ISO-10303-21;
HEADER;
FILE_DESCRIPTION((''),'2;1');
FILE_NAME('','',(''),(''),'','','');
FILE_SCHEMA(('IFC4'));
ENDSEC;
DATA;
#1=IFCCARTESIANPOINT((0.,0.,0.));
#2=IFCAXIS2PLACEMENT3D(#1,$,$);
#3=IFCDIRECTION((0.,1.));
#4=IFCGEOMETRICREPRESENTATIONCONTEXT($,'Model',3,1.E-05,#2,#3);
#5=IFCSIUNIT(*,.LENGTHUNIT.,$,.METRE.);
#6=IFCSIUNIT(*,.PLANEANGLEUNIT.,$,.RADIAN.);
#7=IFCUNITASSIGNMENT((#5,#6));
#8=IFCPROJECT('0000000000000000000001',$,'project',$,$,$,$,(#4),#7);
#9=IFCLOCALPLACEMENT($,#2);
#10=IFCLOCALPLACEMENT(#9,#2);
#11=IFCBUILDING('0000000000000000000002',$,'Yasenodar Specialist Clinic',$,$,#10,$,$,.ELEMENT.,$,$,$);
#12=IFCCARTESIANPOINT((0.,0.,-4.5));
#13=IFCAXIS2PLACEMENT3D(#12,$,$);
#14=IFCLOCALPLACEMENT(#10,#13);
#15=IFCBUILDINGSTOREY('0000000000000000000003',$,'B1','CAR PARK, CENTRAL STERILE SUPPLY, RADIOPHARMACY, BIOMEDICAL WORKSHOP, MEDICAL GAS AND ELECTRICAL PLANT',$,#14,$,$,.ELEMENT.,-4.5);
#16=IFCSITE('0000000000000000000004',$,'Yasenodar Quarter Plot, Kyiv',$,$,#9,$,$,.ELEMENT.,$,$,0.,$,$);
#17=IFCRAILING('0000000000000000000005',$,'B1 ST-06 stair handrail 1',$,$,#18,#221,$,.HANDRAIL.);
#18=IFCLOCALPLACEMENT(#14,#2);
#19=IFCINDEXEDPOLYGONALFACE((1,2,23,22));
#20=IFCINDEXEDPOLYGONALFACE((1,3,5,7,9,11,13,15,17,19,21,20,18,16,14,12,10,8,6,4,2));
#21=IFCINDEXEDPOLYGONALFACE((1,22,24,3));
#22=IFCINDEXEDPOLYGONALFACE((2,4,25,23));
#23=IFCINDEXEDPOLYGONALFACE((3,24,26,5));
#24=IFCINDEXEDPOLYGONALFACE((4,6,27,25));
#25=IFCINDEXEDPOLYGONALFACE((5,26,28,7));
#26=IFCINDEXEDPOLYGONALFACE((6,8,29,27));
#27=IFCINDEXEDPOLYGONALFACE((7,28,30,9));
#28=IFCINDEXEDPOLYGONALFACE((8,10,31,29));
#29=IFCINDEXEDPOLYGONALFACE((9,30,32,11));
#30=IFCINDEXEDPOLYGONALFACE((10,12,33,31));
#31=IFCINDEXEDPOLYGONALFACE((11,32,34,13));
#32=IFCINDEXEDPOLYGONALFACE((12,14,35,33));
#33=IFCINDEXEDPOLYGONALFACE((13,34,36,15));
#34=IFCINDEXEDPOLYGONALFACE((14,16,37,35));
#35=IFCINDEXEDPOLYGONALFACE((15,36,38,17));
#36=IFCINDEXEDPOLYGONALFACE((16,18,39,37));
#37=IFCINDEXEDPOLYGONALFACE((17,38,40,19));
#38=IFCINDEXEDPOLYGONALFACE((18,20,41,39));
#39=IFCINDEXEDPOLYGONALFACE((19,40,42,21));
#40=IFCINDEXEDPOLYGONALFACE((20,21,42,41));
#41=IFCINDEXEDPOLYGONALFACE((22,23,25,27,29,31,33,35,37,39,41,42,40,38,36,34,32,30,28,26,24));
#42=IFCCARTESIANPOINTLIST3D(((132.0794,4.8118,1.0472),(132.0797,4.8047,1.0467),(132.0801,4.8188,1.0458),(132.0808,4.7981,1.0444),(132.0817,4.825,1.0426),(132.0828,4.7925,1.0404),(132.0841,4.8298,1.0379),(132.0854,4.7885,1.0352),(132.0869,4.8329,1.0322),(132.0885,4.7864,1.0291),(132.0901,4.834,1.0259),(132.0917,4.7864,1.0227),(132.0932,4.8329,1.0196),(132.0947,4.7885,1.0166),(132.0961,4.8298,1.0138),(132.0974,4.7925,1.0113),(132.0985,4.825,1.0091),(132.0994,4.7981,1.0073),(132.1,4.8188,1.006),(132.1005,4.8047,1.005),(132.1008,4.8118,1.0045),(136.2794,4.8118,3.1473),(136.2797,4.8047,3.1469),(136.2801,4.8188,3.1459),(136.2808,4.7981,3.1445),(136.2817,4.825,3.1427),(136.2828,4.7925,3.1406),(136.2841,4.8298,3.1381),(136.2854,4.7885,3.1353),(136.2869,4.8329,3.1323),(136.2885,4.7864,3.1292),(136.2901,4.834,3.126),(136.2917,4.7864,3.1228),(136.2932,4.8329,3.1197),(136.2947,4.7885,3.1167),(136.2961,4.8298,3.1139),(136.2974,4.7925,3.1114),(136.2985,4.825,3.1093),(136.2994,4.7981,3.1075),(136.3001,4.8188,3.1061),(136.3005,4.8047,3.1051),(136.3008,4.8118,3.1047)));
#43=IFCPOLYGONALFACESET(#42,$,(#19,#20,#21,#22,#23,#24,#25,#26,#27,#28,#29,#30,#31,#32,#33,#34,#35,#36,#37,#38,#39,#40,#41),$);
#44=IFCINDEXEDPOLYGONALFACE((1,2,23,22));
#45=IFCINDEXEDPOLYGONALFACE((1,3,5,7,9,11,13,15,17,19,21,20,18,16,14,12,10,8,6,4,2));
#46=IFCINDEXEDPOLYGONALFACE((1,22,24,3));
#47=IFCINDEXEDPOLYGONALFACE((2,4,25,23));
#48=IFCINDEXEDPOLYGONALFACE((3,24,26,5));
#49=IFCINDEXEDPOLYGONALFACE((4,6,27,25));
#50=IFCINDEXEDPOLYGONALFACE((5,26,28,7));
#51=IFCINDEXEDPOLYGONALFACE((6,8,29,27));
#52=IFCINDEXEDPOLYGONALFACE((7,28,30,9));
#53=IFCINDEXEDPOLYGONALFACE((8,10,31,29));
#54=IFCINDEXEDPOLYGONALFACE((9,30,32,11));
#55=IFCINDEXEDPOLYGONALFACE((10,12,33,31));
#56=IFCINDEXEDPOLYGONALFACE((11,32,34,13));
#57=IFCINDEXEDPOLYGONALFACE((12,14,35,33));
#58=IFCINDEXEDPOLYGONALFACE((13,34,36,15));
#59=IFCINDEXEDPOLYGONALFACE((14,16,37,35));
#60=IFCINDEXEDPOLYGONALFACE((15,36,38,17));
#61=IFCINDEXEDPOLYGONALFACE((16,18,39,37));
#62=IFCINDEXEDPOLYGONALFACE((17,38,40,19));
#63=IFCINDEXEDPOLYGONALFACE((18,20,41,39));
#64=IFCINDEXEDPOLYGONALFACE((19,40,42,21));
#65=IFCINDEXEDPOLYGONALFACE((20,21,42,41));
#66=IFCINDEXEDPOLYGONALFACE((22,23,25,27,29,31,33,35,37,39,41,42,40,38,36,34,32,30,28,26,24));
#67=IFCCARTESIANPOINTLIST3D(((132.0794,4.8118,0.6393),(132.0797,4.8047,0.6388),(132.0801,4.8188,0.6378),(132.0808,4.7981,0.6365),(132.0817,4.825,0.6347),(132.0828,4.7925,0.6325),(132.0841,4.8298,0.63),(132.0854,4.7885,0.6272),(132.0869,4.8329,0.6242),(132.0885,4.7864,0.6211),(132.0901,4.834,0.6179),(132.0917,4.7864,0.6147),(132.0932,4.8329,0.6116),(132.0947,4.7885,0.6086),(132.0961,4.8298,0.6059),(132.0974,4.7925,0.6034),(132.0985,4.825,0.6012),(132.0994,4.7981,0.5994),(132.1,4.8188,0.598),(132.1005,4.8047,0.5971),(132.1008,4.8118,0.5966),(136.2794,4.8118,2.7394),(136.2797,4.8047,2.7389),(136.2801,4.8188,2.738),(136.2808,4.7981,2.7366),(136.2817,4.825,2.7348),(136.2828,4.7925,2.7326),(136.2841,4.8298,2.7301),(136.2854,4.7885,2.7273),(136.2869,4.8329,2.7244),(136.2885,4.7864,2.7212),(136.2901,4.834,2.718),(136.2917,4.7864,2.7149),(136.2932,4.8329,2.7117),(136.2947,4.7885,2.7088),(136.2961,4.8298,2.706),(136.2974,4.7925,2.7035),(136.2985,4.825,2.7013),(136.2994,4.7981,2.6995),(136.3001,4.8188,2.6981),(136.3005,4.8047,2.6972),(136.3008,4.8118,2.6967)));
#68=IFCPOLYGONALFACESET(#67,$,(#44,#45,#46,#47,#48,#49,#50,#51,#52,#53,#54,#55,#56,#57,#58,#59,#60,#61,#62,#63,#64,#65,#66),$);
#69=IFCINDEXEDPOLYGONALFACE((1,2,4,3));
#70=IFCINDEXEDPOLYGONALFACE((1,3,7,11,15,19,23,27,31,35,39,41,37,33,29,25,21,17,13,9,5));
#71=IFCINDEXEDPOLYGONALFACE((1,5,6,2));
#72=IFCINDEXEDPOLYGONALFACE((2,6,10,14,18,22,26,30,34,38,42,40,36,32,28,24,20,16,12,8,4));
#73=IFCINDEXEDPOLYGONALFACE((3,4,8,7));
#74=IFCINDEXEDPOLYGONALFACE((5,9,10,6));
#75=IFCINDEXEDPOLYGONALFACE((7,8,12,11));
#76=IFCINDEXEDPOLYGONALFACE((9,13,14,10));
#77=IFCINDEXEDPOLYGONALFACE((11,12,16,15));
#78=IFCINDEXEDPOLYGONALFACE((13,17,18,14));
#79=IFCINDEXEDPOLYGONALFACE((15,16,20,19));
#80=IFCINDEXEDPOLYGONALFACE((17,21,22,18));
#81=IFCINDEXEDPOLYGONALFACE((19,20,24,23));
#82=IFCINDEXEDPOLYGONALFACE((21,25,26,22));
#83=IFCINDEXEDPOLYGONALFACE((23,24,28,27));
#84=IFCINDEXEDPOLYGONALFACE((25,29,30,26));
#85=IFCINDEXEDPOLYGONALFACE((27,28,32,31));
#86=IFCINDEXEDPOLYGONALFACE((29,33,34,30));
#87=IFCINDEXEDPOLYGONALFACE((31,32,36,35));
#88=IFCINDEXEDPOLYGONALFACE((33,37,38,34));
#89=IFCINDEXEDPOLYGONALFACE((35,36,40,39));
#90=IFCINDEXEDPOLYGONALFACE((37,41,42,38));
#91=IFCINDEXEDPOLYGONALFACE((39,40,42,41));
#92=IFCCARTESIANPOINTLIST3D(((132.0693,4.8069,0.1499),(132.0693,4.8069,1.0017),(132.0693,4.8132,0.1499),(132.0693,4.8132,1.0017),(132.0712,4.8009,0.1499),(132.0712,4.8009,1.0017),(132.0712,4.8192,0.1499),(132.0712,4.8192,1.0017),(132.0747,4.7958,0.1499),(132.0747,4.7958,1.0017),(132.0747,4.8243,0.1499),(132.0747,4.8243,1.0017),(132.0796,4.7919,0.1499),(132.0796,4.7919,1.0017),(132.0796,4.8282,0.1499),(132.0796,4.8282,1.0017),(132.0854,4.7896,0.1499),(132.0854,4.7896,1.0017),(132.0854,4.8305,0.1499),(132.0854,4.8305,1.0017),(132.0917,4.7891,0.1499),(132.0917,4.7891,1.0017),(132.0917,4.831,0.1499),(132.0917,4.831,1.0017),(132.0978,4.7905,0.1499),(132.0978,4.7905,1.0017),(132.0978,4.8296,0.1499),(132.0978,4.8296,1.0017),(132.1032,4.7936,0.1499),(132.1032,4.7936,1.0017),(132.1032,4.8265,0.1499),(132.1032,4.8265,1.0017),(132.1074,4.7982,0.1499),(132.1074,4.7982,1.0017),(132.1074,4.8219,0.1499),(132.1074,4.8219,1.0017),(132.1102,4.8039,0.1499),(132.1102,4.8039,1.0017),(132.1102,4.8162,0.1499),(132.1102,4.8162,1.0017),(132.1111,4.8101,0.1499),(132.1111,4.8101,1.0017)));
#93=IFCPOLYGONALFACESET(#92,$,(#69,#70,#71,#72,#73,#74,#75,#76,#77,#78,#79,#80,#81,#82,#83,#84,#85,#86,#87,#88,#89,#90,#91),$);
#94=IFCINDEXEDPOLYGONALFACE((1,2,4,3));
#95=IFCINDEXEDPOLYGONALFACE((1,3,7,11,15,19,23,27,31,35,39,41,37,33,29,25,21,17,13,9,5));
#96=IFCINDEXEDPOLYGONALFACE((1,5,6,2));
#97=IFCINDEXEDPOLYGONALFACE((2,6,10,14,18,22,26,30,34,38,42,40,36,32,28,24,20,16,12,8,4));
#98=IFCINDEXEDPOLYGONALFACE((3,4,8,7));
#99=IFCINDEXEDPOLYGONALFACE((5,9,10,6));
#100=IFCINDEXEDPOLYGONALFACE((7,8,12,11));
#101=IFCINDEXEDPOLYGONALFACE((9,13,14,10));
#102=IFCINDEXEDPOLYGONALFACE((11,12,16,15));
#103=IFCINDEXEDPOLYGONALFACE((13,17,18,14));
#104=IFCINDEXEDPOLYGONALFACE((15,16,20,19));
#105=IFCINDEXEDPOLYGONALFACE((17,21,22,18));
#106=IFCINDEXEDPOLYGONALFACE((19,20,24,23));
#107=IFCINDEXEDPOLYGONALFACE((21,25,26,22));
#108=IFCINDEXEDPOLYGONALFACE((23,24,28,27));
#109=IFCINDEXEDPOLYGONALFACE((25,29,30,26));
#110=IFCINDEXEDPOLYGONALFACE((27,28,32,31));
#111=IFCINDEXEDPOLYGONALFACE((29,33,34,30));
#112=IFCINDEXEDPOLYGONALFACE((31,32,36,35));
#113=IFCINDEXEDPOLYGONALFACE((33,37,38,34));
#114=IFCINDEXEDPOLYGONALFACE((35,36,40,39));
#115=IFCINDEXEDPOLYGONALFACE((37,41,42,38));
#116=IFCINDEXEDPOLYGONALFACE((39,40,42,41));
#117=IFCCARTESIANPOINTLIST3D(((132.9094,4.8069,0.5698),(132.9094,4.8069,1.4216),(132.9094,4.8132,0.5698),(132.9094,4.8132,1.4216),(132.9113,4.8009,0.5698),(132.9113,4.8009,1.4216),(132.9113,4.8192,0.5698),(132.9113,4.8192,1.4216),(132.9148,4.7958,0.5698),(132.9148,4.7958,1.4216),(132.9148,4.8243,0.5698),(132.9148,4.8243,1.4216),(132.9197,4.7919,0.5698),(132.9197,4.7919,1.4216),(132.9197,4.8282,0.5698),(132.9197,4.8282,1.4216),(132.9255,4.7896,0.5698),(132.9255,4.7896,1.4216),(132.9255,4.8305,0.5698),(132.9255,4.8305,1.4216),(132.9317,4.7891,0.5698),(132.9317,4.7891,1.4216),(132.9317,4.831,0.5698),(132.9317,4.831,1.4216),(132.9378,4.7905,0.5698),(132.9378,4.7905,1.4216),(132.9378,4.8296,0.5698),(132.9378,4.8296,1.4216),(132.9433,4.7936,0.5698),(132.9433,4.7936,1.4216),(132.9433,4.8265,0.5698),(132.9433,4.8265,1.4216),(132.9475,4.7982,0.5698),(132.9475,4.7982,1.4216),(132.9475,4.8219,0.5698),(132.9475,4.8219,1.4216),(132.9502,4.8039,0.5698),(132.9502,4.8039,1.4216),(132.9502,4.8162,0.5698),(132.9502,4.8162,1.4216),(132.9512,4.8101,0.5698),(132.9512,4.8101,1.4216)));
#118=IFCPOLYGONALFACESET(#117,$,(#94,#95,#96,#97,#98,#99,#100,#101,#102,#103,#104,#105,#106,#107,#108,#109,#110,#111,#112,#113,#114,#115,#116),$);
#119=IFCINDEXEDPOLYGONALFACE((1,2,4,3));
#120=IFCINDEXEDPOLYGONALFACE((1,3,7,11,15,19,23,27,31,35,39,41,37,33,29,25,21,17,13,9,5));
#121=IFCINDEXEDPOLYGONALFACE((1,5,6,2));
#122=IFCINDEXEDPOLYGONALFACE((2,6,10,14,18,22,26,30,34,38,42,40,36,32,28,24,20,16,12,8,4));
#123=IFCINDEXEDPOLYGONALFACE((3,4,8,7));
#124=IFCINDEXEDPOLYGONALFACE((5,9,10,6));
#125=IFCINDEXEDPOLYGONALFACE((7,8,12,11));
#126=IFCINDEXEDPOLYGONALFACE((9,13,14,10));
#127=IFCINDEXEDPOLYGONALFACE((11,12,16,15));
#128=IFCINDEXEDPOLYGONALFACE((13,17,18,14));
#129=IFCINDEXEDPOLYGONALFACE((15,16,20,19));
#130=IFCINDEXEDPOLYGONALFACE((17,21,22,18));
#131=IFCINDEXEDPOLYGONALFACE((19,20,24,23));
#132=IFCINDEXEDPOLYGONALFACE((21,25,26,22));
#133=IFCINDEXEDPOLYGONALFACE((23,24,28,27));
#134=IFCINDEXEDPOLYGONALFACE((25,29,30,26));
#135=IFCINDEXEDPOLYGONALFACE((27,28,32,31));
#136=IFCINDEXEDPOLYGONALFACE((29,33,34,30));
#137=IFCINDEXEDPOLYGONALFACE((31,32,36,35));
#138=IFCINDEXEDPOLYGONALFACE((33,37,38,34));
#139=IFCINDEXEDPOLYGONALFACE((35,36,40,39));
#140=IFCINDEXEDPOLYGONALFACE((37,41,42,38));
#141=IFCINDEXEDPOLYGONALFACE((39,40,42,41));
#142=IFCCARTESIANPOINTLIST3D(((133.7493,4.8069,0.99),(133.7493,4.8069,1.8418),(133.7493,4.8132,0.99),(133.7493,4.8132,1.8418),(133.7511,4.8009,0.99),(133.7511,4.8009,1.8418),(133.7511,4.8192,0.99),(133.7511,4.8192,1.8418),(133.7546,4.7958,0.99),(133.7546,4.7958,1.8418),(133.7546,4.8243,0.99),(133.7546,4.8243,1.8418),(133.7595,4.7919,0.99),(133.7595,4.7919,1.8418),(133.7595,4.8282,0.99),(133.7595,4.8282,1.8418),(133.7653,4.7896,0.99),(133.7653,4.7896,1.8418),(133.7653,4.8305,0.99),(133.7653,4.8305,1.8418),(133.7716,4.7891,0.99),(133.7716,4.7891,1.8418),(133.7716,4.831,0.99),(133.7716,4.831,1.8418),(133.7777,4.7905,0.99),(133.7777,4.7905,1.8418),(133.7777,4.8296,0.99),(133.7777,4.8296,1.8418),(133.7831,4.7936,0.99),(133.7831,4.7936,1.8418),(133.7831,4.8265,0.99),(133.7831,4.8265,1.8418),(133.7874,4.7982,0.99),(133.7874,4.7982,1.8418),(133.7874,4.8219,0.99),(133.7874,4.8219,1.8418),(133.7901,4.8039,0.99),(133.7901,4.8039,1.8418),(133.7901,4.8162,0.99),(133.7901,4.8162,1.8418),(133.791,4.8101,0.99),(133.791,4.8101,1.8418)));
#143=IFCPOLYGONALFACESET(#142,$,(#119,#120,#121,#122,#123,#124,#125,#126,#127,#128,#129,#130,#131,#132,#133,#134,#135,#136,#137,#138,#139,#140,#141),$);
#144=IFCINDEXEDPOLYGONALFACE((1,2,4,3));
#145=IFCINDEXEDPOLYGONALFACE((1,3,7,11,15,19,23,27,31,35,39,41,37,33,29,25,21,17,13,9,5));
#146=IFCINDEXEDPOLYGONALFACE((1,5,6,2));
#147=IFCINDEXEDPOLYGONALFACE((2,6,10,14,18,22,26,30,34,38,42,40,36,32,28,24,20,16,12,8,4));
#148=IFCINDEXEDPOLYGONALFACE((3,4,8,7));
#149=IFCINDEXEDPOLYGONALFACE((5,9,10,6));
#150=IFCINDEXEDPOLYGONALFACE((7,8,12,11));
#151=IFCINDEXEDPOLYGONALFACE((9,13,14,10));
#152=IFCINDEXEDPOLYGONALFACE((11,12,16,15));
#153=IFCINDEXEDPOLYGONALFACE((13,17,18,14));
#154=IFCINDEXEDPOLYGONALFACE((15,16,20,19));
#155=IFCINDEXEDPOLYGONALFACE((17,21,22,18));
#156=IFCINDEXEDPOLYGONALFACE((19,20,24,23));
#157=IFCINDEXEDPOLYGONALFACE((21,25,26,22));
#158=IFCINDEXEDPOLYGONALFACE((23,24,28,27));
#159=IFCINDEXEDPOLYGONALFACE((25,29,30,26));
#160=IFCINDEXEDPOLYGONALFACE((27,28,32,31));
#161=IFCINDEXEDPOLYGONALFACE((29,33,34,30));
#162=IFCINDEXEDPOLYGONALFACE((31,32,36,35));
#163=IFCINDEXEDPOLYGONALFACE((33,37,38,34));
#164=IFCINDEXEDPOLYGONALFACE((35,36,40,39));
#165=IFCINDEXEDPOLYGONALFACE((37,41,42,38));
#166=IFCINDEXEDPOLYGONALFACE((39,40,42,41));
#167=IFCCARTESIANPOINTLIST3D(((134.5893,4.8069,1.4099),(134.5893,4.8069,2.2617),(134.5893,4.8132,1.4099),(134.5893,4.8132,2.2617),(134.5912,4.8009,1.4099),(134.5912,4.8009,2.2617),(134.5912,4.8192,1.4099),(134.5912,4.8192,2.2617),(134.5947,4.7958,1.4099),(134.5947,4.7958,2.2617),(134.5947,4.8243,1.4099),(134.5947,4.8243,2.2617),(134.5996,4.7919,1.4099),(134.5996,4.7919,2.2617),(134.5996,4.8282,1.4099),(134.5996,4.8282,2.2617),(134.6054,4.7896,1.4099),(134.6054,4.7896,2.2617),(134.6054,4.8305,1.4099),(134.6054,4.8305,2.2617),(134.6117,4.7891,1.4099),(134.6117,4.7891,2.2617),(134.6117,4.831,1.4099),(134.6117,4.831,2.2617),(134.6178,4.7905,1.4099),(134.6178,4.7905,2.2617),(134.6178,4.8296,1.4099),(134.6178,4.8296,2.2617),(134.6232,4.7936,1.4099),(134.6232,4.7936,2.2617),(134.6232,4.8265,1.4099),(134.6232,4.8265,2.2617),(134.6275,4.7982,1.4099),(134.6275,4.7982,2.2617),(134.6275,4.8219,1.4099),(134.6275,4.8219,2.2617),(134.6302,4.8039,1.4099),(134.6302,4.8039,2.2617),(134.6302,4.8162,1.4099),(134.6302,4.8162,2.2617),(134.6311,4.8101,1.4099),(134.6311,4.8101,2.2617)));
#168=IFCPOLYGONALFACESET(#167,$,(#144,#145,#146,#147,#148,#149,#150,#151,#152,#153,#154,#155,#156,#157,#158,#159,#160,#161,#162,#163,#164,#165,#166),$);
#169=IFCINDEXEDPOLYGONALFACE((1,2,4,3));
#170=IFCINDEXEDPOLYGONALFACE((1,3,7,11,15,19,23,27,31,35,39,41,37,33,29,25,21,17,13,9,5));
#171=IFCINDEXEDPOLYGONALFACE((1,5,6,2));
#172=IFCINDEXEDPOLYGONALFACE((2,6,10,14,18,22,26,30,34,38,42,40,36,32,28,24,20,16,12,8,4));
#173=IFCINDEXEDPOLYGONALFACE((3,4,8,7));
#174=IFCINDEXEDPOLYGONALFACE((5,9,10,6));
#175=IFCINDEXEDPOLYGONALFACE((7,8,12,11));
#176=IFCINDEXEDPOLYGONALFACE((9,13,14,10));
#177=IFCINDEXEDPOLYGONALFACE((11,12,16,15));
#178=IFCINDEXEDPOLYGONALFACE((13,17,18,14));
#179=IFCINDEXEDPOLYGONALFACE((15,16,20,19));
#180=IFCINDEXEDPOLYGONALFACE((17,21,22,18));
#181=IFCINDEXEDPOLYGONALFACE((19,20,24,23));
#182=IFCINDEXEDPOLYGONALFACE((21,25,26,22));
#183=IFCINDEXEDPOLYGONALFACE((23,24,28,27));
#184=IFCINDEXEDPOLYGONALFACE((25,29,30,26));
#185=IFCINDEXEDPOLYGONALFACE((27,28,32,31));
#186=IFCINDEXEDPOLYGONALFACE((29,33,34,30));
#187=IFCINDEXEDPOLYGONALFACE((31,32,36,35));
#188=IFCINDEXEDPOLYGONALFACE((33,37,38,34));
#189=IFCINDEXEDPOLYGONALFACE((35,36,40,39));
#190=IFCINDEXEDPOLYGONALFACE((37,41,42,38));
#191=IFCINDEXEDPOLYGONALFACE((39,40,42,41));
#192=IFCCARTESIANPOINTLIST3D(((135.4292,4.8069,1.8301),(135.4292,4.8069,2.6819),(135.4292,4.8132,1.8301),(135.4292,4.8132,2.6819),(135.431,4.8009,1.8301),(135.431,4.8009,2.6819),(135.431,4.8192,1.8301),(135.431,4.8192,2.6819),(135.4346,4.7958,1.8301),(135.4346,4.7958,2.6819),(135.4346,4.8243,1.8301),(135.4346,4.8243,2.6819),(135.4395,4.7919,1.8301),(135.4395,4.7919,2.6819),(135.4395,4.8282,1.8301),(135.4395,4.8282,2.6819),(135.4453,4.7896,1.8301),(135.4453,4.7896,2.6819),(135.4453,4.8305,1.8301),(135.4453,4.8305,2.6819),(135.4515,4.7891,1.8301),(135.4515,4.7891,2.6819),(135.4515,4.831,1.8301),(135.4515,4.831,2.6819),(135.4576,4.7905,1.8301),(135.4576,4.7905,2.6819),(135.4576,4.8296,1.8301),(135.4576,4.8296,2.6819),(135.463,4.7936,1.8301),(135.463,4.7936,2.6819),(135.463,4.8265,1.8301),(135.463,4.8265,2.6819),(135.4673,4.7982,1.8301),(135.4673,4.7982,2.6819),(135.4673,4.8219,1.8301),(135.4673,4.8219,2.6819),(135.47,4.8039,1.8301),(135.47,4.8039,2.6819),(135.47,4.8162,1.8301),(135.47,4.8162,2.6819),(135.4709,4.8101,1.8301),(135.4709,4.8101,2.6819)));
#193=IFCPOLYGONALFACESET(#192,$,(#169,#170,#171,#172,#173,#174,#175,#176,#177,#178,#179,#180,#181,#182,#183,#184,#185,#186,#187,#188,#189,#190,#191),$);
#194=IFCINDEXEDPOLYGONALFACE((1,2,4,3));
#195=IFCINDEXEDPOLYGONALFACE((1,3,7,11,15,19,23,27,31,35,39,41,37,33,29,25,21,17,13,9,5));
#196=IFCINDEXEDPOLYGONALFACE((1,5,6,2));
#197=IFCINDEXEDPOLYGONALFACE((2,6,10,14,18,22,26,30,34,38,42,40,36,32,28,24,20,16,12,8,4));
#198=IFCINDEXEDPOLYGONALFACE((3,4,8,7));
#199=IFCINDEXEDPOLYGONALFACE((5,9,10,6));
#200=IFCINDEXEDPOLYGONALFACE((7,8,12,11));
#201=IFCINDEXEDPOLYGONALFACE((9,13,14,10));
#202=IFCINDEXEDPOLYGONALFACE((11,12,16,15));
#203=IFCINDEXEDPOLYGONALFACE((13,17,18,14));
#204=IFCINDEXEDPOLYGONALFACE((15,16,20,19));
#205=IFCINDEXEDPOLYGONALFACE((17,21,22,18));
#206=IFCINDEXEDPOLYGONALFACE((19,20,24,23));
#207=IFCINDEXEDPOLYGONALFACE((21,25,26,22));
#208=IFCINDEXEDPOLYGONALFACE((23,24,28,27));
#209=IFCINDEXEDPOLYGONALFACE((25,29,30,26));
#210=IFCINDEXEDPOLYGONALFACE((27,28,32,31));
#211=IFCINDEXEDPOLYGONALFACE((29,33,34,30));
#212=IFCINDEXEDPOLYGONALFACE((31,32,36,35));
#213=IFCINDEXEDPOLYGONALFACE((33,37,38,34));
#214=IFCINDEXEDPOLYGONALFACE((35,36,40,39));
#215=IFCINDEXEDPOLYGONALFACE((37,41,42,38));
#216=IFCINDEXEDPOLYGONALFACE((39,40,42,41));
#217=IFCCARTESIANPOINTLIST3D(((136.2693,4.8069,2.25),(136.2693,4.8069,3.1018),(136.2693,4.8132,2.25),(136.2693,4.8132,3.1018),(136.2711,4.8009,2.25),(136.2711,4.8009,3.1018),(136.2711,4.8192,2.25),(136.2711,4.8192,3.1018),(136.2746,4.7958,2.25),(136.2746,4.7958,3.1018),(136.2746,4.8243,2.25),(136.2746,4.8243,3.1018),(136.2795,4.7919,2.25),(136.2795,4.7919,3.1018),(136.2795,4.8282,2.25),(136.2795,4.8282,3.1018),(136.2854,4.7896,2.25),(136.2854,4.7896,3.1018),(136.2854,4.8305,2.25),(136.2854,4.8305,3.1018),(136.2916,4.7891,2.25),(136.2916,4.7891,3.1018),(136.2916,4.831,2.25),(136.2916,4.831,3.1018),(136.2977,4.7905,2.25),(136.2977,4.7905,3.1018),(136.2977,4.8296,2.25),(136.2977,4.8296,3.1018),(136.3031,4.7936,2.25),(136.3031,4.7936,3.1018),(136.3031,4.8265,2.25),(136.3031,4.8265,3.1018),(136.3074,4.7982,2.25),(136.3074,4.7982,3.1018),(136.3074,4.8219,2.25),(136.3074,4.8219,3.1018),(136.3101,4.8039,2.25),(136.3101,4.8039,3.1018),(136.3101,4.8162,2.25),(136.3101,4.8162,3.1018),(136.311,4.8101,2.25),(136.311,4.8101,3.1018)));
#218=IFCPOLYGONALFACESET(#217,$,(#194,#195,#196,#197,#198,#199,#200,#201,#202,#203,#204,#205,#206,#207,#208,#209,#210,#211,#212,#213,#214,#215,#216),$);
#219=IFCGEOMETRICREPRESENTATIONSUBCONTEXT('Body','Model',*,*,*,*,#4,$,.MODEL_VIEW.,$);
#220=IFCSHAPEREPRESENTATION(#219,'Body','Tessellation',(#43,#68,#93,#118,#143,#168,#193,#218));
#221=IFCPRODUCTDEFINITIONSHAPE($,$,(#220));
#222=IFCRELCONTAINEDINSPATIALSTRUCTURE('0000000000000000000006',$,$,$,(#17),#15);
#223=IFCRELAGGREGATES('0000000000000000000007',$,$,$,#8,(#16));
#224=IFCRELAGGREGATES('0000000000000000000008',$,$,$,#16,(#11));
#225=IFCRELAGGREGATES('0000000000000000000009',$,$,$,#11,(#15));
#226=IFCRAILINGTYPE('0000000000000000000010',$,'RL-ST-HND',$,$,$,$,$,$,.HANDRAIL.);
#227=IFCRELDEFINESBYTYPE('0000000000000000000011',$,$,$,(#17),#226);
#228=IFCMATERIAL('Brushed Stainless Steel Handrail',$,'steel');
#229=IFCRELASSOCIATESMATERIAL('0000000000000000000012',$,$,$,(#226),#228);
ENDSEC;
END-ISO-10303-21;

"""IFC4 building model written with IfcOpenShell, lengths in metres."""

from ifc_helpers import new_model, si_unit, direction, frame, origin, origin_2d, place, context, subcontext, project, spatial, circle, extrude, material, type_object, element, save


model = new_model("IFC4")

# Units and contexts
model_context = context("Model", 3, precision=1e-05, world=origin(), true_north=direction((0.0, 1.0)))
body_context = subcontext(model_context, "Body", "Model", "MODEL_VIEW")
ifc_project = project(units=[si_unit("LENGTHUNIT", "METRE"), si_unit("PLANEANGLEUNIT", "RADIAN")], contexts=[model_context])

# Site, building, storey
site_placement = place(None, origin())
site = spatial("IfcSite", under=ifc_project, at=site_placement, Name="Yasenodar Quarter Plot, Kyiv", CompositionType="ELEMENT", RefElevation=0.0)
building_placement = place(site_placement, origin())
building = spatial("IfcBuilding", under=site, at=building_placement, Name="Yasenodar Specialist Clinic", CompositionType="ELEMENT")
storey_placement = place(building_placement, frame((0.0, 0.0, -4.5)))
storey = spatial("IfcBuildingStorey", under=building, at=storey_placement, Name="B1", Description="CAR PARK, CENTRAL STERILE SUPPLY, RADIOPHARMACY, BIOMEDICAL WORKSHOP, MEDICAL GAS AND ELECTRICAL PLANT", CompositionType="ELEMENT", Elevation=-4.5)

# Railing
ifc_material_1 = material(Name="Brushed Stainless Steel Handrail", Category="steel")
railing_type_1 = type_object("IfcRailingType", Name="RL-ST-HND", PredefinedType="HANDRAIL", material=ifc_material_1)
railing_1_placement = place(storey_placement, frame((132.0901, 4.8101, 0.1499)))
element("IfcRailing", 1, at=railing_1_placement, inside=storey, type_object=railing_type_1, Name="B1 ST-06 stair handrail 1", PredefinedType="HANDRAIL", context=body_context, shape_type="SweptSolid", body=[
    extrude(circle(Radius=0.0239, at=origin_2d()), frame((0.0, 0.0, 0.876), z_axis=(0.894417, 0.0, 0.447234), x_axis=(0.0, 1.0, 0.0)), (0.0, 0.0, 1.0), 4.6958),
    extrude(circle(Radius=0.0239, at=origin_2d()), frame((0.0, 0.0, 0.468), z_axis=(0.894417, 0.0, 0.447234), x_axis=(0.0, 1.0, 0.0)), (0.0, 0.0, 1.0), 4.6958),
    extrude(circle(Radius=0.021, at=origin_2d()), origin(), (0.0, 0.0, 1.0), 0.8518),
    extrude(circle(Radius=0.021, at=origin_2d()), frame((0.8401, 0.0, 0.4199)), (0.0, 0.0, 1.0), 0.8518),
    extrude(circle(Radius=0.021, at=origin_2d()), frame((1.6799, 0.0, 0.8401)), (0.0, 0.0, 1.0), 0.8518),
    extrude(circle(Radius=0.021, at=origin_2d()), frame((2.52, 0.0, 1.26)), (0.0, 0.0, 1.0), 0.8518),
    extrude(circle(Radius=0.021, at=origin_2d()), frame((3.3599, 0.0, 1.6802)), (0.0, 0.0, 1.0), 0.8518),
    extrude(circle(Radius=0.021, at=origin_2d()), frame((4.2, 0.0, 2.1001)), (0.0, 0.0, 1.0), 0.8518),
])

save(model, "model.ifc")
